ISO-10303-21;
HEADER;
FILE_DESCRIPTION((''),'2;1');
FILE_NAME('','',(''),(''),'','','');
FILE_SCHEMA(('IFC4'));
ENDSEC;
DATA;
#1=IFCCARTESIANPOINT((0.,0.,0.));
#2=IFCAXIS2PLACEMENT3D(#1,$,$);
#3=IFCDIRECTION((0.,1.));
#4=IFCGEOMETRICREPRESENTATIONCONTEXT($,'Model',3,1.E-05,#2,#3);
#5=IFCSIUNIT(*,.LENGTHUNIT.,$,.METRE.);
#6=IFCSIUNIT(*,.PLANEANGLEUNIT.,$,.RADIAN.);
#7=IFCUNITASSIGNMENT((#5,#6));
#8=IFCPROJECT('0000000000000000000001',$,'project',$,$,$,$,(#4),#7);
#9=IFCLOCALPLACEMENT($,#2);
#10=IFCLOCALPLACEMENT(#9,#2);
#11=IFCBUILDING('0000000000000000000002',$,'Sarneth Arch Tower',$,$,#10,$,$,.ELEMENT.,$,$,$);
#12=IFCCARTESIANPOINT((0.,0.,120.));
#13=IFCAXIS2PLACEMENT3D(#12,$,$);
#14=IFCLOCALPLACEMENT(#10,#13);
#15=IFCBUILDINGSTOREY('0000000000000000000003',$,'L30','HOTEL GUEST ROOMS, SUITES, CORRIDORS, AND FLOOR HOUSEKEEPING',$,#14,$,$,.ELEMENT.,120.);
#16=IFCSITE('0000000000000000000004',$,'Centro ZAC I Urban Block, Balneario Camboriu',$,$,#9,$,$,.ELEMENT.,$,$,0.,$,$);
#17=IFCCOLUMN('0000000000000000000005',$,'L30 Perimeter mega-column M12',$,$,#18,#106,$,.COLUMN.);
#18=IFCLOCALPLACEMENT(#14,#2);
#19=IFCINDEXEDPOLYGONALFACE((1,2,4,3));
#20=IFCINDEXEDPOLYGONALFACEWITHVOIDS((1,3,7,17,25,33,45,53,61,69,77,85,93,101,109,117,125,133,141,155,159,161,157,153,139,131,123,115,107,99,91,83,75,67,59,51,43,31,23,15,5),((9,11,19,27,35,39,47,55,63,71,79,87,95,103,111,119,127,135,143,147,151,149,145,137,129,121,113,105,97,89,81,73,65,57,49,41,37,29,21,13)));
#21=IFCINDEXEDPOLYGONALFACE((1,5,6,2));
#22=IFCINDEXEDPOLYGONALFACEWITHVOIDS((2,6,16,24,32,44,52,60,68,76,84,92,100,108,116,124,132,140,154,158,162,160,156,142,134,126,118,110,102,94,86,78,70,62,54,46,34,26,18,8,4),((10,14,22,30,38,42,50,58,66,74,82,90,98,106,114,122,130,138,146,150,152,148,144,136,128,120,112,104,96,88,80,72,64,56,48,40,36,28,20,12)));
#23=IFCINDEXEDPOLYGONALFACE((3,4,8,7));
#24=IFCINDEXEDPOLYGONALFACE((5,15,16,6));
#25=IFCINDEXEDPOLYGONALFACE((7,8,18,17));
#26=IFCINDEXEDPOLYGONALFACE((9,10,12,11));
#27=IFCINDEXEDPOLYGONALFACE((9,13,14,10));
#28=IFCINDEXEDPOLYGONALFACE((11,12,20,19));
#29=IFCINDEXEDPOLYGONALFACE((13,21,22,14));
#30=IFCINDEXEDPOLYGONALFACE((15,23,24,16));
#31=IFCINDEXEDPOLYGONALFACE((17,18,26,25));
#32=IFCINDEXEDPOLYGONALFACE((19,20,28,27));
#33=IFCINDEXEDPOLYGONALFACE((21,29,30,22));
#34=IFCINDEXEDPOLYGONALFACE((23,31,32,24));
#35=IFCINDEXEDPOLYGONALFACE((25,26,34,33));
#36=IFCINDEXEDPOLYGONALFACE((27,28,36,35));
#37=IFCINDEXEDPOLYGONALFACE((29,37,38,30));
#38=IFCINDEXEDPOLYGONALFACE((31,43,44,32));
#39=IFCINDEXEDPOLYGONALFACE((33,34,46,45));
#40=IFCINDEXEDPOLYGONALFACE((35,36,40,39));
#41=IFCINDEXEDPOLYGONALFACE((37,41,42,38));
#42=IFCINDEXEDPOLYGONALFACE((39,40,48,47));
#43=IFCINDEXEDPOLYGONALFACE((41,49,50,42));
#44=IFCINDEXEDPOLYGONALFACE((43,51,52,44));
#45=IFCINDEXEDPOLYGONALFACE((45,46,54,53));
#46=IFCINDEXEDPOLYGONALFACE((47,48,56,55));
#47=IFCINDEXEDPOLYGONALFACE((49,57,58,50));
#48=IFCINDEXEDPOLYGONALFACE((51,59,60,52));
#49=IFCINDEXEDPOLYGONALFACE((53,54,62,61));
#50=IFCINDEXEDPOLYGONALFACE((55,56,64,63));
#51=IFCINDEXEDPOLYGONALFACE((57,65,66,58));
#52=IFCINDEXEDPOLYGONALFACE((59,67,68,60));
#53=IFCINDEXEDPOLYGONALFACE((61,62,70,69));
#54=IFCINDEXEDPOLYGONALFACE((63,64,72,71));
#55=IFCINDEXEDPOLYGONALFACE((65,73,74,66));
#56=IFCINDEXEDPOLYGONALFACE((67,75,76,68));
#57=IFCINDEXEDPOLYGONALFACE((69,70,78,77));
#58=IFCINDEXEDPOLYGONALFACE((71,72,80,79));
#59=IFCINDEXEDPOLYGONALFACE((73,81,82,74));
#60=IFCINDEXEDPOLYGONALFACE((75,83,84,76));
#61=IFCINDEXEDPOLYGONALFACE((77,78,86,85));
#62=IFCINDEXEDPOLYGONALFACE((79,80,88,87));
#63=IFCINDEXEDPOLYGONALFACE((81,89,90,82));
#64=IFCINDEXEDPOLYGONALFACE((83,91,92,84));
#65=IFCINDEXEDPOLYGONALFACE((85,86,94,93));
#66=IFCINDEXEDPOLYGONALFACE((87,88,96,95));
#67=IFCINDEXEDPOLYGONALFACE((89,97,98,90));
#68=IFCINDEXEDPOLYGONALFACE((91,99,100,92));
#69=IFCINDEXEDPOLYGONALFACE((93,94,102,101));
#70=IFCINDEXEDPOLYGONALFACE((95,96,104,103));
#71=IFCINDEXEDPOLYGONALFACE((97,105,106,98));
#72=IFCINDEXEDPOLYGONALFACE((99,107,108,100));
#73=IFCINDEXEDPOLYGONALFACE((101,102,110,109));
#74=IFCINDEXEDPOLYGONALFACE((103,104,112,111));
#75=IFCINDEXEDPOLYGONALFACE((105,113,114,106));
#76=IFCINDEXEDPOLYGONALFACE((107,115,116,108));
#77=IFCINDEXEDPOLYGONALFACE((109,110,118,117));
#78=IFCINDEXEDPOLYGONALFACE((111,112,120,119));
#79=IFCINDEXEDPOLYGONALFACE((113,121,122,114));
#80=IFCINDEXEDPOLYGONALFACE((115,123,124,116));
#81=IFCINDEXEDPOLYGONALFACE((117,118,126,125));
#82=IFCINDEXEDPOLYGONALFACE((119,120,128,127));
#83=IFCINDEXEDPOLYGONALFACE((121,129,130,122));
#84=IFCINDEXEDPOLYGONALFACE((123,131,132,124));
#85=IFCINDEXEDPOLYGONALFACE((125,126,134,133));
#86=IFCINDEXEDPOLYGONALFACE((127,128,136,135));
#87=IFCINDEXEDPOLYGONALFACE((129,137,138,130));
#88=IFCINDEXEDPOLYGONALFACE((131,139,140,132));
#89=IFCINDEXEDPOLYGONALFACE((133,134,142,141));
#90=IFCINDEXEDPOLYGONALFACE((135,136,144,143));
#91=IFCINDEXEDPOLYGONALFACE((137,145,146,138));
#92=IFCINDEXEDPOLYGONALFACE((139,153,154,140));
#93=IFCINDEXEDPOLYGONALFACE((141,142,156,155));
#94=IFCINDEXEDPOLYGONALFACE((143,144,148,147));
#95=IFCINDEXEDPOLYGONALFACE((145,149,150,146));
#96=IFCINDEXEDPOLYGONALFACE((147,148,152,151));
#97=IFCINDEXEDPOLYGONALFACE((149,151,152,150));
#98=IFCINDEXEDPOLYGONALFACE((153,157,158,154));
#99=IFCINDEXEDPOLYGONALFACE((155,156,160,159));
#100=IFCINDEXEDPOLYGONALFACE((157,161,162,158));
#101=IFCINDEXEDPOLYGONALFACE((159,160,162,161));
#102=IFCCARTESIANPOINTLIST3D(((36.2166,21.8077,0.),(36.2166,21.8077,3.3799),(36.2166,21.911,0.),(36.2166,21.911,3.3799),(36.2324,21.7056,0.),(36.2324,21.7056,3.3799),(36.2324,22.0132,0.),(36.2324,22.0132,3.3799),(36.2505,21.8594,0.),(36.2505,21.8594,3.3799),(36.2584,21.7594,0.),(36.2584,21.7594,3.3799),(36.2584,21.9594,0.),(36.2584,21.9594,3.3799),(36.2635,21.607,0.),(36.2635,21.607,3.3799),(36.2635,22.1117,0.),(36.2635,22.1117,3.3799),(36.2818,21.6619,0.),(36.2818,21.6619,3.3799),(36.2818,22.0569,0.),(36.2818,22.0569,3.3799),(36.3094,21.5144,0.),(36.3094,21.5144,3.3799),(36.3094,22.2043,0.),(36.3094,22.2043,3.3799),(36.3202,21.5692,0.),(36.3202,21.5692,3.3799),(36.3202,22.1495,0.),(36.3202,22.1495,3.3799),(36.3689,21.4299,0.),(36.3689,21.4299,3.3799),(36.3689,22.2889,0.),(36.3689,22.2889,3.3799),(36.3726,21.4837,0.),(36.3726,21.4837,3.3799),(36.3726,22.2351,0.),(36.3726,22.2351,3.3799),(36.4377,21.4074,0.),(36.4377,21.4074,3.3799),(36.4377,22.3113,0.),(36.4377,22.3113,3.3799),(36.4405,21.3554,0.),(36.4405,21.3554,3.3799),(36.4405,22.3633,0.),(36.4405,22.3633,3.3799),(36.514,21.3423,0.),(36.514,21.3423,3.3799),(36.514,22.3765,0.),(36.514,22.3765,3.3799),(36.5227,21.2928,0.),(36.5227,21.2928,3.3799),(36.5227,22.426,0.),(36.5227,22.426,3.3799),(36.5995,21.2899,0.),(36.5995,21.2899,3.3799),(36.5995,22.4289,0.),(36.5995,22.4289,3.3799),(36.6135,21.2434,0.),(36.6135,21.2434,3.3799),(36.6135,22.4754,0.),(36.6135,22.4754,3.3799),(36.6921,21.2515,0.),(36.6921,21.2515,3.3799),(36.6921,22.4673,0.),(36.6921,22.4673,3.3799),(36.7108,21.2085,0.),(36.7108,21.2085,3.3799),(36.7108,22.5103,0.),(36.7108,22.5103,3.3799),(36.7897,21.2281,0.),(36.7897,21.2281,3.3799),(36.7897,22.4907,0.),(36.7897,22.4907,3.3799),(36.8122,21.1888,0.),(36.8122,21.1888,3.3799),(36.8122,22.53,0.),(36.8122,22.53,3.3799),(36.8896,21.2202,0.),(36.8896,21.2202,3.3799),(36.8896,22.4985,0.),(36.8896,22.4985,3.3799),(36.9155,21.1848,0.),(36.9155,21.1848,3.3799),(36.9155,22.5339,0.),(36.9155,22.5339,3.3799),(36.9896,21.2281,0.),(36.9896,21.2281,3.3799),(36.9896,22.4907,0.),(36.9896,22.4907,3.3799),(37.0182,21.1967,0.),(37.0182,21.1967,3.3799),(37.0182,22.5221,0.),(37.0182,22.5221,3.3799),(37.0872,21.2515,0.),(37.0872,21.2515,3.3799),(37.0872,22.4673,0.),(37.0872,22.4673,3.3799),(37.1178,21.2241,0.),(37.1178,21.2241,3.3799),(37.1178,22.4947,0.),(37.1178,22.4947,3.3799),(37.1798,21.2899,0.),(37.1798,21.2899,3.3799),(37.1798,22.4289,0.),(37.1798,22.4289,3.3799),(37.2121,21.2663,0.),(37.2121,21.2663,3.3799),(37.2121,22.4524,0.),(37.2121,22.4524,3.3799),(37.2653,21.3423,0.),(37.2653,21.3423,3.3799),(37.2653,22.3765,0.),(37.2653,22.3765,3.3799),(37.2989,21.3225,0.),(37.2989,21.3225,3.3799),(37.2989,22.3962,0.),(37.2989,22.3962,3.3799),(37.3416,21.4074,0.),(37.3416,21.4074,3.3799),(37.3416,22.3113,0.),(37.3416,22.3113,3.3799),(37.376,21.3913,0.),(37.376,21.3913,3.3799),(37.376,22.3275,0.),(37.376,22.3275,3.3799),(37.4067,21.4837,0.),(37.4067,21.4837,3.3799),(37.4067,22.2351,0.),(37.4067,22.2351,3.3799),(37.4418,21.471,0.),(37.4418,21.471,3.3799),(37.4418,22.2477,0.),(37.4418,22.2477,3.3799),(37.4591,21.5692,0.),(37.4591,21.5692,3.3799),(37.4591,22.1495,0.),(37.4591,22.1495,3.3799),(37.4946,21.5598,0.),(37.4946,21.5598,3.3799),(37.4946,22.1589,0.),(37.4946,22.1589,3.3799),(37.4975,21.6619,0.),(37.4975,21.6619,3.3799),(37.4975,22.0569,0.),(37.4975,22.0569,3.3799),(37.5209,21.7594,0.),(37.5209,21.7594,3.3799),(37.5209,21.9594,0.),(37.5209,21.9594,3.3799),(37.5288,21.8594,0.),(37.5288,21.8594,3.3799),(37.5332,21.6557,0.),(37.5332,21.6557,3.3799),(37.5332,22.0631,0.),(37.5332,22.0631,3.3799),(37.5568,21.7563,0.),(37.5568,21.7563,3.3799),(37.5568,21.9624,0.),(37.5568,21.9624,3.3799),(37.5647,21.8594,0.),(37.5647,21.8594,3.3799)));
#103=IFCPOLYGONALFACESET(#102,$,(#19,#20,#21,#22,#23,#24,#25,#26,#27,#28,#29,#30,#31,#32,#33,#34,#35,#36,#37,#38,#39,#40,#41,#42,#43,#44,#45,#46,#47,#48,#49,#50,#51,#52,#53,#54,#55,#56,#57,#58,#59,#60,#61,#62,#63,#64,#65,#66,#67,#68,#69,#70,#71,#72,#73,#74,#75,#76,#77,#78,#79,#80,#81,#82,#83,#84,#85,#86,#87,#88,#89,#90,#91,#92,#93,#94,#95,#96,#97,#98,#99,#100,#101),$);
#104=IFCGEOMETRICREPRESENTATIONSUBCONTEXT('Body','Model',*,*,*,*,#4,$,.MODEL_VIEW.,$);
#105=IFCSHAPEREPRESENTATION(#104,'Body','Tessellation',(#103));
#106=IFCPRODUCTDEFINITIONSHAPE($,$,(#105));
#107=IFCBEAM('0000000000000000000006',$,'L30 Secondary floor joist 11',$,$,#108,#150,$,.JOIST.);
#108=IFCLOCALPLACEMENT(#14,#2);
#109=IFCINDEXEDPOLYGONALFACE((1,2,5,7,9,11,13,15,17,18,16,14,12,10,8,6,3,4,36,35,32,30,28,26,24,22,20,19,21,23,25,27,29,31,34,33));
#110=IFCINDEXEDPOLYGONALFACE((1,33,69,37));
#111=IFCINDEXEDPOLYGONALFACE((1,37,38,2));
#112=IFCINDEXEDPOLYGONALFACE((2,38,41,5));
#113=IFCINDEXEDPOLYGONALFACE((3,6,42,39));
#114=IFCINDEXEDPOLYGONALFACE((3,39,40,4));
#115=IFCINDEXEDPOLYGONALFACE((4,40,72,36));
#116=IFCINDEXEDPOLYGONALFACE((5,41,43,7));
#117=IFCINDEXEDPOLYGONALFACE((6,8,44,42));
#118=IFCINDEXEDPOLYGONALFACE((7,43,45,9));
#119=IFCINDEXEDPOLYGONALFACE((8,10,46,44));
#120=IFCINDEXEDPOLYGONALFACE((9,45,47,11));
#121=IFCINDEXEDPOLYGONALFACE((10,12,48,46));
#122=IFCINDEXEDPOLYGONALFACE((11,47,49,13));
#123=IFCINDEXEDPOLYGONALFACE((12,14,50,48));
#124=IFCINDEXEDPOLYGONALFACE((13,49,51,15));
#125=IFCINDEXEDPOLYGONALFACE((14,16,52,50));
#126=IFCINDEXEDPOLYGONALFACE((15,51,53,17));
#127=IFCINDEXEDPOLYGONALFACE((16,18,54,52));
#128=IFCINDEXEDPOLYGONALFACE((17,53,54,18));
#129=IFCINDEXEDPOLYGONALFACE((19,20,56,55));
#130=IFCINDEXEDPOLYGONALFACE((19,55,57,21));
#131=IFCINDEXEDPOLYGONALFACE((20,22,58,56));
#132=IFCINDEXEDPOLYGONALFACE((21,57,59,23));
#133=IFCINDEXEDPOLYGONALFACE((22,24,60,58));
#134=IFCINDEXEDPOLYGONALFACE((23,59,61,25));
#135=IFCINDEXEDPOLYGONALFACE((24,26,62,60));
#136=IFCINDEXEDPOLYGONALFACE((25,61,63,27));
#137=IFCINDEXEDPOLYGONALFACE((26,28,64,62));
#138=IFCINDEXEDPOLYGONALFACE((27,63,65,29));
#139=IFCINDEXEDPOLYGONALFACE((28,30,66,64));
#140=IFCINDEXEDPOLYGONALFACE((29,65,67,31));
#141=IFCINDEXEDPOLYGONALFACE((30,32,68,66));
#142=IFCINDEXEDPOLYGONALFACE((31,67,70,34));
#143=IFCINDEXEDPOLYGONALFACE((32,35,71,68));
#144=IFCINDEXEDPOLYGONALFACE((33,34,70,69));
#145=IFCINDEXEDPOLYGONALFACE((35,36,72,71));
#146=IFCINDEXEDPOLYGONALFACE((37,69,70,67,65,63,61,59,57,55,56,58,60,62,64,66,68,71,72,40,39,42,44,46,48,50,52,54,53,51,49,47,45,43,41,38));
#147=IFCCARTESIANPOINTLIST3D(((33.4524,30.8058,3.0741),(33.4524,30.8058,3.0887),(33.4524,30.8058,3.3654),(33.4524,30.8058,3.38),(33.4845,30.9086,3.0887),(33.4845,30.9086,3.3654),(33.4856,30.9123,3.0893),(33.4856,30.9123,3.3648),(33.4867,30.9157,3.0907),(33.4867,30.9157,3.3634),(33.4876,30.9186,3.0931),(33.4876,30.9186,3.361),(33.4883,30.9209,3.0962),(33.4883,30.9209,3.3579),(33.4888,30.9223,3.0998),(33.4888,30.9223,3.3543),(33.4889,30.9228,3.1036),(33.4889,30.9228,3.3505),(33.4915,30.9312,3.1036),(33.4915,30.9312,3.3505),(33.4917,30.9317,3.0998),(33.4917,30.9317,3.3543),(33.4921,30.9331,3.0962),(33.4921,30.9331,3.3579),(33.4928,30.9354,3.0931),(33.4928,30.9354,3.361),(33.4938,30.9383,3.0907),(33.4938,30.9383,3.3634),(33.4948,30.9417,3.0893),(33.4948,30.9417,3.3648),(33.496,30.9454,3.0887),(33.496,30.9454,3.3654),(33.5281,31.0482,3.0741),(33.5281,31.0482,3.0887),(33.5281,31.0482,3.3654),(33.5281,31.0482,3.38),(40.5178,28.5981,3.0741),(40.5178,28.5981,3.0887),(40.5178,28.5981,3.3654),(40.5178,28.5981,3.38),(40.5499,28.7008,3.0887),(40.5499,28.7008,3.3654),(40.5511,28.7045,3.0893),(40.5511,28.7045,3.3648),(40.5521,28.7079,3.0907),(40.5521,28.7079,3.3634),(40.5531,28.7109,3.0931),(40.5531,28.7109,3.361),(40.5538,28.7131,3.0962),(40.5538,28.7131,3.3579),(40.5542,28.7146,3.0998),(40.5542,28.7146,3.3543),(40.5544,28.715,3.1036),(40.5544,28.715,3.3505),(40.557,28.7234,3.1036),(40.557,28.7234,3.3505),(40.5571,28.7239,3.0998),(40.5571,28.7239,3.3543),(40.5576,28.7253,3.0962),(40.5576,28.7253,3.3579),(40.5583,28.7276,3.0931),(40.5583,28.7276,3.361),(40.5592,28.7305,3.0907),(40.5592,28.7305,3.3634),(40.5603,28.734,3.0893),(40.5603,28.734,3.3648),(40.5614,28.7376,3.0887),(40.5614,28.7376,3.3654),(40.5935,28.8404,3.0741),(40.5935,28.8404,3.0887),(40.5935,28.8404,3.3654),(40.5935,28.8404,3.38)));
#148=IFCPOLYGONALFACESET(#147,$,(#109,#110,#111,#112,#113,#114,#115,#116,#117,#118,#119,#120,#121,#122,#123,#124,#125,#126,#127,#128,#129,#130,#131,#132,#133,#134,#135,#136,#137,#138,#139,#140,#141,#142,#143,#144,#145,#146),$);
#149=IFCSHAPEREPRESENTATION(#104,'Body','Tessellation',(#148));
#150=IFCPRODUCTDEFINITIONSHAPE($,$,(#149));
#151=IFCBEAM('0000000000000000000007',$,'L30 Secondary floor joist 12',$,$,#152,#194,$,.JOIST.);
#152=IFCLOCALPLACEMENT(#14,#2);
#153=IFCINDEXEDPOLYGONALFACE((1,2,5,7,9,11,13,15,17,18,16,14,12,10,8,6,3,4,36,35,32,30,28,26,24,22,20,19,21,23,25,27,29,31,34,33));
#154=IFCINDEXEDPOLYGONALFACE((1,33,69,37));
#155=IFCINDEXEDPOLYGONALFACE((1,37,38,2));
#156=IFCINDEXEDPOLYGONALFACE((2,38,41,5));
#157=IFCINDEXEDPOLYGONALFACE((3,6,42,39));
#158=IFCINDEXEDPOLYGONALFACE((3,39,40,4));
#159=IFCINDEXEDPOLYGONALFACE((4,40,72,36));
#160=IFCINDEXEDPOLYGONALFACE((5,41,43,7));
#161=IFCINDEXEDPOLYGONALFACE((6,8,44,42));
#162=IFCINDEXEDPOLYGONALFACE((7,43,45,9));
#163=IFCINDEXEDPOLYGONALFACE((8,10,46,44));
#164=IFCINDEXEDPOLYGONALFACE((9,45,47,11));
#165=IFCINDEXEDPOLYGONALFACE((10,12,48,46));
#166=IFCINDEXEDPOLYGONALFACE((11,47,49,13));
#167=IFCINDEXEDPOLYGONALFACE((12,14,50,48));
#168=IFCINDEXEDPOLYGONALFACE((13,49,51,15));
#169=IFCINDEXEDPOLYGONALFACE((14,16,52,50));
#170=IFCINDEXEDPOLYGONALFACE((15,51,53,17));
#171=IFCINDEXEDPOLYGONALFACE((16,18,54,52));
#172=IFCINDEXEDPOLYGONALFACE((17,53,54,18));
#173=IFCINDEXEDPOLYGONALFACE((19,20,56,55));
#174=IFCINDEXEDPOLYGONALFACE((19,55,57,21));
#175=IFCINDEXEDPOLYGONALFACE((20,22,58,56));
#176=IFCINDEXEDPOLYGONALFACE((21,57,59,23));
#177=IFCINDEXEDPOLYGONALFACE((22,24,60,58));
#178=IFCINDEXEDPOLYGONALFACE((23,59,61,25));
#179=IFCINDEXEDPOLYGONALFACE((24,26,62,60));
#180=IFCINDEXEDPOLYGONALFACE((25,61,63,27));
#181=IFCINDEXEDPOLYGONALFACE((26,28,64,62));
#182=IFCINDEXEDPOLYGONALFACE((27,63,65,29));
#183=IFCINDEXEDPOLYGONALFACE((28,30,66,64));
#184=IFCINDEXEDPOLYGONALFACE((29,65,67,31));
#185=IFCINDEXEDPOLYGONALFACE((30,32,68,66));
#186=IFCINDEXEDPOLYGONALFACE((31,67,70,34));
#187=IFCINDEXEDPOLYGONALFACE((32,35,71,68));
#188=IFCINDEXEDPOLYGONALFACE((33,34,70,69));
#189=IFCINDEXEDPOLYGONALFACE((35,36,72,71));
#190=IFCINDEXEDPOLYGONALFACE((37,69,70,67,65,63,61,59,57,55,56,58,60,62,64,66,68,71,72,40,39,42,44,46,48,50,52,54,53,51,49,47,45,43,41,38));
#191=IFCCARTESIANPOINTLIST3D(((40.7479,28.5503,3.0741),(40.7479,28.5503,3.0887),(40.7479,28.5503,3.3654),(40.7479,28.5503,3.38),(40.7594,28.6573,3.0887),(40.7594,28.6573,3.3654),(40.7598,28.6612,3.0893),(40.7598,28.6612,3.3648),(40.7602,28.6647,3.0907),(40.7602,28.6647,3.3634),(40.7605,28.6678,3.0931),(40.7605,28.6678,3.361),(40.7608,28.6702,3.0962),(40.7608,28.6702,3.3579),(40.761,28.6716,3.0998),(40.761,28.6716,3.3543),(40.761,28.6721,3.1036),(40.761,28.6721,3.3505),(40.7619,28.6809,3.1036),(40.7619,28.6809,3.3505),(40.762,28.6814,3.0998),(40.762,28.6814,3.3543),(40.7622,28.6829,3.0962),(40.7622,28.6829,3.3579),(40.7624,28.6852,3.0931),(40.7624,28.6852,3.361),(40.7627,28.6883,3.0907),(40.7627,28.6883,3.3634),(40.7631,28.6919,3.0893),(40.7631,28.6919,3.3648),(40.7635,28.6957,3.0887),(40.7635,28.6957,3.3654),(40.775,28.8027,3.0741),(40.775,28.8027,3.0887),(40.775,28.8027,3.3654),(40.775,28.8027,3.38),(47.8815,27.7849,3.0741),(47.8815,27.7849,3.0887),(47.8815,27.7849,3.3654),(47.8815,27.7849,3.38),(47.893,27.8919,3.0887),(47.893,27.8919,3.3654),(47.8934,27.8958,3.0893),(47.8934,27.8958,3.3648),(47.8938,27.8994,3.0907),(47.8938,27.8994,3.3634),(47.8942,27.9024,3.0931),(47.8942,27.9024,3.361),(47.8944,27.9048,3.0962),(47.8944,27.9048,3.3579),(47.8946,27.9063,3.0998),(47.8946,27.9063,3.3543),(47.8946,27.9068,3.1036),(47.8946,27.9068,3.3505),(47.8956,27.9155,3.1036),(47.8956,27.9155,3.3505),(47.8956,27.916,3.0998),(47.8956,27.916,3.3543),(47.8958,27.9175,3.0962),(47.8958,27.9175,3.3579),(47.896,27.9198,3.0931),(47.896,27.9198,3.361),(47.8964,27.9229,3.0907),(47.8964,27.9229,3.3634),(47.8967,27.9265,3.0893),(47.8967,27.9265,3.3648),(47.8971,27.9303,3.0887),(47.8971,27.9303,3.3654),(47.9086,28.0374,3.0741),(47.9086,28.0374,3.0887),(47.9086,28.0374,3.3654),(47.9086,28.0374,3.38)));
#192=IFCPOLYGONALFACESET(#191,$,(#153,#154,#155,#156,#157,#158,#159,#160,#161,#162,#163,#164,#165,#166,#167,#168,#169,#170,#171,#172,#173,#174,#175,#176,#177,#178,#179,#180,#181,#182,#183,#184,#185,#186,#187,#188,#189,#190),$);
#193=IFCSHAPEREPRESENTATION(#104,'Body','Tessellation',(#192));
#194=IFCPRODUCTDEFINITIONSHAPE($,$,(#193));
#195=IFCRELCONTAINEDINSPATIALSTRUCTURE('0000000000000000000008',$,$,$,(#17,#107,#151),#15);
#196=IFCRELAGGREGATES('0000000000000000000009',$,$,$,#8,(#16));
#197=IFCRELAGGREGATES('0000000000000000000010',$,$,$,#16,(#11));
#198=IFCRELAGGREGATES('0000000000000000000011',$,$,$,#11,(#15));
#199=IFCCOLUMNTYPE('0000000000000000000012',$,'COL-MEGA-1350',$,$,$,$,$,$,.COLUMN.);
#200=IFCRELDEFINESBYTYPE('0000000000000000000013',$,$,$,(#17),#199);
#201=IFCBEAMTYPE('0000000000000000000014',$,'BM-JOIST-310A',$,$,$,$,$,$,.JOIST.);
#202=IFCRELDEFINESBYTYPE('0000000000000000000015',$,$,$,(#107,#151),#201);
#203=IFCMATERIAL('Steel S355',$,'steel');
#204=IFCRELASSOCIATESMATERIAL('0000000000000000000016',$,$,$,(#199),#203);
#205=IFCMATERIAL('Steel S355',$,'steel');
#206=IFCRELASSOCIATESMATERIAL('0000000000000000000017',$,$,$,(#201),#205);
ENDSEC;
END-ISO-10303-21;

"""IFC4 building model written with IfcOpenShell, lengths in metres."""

from ifc_helpers import new_model, si_unit, direction, frame, origin, origin_2d, place, context, subcontext, project, spatial, hollow_circle, i_section, extrude, material, material_profile, profile_set, type_object, element, save


model = new_model("IFC4")

# Units and contexts
model_context = context("Model", 3, precision=1e-05, world=origin(), true_north=direction((0.0, 1.0)))
body_context = subcontext(model_context, "Body", "Model", "MODEL_VIEW")
ifc_project = project(units=[si_unit("LENGTHUNIT", "METRE"), si_unit("PLANEANGLEUNIT", "RADIAN")], contexts=[model_context])

# Site, building, storey
site_placement = place(None, origin())
site = spatial("IfcSite", under=ifc_project, at=site_placement, Name="Centro ZAC I Urban Block, Balneario Camboriu", CompositionType="ELEMENT", RefElevation=0.0)
building_placement = place(site_placement, origin())
building = spatial("IfcBuilding", under=site, at=building_placement, Name="Sarneth Arch Tower", CompositionType="ELEMENT")
storey_placement = place(building_placement, frame((0.0, 0.0, 120.0)))
storey = spatial("IfcBuildingStorey", under=building, at=storey_placement, Name="L30", Description="HOTEL GUEST ROOMS, SUITES, CORRIDORS, AND FLOOR HOUSEKEEPING", CompositionType="ELEMENT", Elevation=120.0)

# Column
ifc_material_1 = material(Name="Steel S355", Category="steel")
ifc_material_profile_1 = material_profile(ifc_material_1, hollow_circle(Radius=0.675, WallThickness=0.0359, at=origin_2d()), Name="CHS1350x36")
ifc_profile_set_1 = profile_set([ifc_material_profile_1], Name="Steel S355")
column_type = type_object("IfcColumnType", Name="COL-MEGA-1350", PredefinedType="COLUMN", material=ifc_profile_set_1)
column_placement = place(storey_placement, frame((36.8896, 21.8594, 0.0), z_axis=(0.0, 0.0, 1.0), x_axis=(1.0, 0.0, 0.0)))
element("IfcColumn", 1, at=column_placement, inside=storey, type_object=column_type, Name="L30 Perimeter mega-column M12", PredefinedType="COLUMN", context=body_context, shape_type="SweptSolid", body=[
    extrude(hollow_circle(Radius=0.675, WallThickness=0.0359, at=origin_2d()), origin(), (0.0, 0.0, 1.0), 3.3799),
])

# Beams
ifc_material_2 = material(Name="Steel S355", Category="steel")
ifc_material_profile_2 = material_profile(ifc_material_2, i_section(OverallWidth=0.2539, OverallDepth=0.3059, WebThickness=0.0088, FlangeThickness=0.0146, FilletRadius=0.0149, at=origin_2d()), Name="W310x79")
ifc_profile_set_2 = profile_set([ifc_material_profile_2], Name="Steel S355")
beam_type_1 = type_object("IfcBeamType", Name="BM-JOIST-310A", PredefinedType="JOIST", material=ifc_profile_set_2)
beam_1_placement = place(storey_placement, frame((33.4902, 30.927, 3.2271), z_axis=(0.954487, -0.298252, 0.0), x_axis=(0.298252, 0.954487, 0.0)))
element("IfcBeam", 2, at=beam_1_placement, inside=storey, type_object=beam_type_1, Name="L30 Secondary floor joist 11", PredefinedType="JOIST", context=body_context, shape_type="SweptSolid", body=[
    extrude(i_section(OverallWidth=0.2539, OverallDepth=0.3059, WebThickness=0.0088, FlangeThickness=0.0146, FilletRadius=0.0149, at=origin_2d()), origin(), (0.0, 0.0, 1.0), 7.4023),
])
beam_2_placement = place(storey_placement, frame((40.7615, 28.6765, 3.2271), z_axis=(0.994293, -0.106681, 0.0), x_axis=(0.106681, 0.994293, 0.0)))
element("IfcBeam", 3, at=beam_2_placement, inside=storey, type_object=beam_type_1, Name="L30 Secondary floor joist 12", PredefinedType="JOIST", context=body_context, shape_type="SweptSolid", body=[
    extrude(i_section(OverallWidth=0.2539, OverallDepth=0.3059, WebThickness=0.0088, FlangeThickness=0.0146, FilletRadius=0.0149, at=origin_2d()), origin(), (0.0, 0.0, 1.0), 7.1746),
])

save(model, "model.ifc")
